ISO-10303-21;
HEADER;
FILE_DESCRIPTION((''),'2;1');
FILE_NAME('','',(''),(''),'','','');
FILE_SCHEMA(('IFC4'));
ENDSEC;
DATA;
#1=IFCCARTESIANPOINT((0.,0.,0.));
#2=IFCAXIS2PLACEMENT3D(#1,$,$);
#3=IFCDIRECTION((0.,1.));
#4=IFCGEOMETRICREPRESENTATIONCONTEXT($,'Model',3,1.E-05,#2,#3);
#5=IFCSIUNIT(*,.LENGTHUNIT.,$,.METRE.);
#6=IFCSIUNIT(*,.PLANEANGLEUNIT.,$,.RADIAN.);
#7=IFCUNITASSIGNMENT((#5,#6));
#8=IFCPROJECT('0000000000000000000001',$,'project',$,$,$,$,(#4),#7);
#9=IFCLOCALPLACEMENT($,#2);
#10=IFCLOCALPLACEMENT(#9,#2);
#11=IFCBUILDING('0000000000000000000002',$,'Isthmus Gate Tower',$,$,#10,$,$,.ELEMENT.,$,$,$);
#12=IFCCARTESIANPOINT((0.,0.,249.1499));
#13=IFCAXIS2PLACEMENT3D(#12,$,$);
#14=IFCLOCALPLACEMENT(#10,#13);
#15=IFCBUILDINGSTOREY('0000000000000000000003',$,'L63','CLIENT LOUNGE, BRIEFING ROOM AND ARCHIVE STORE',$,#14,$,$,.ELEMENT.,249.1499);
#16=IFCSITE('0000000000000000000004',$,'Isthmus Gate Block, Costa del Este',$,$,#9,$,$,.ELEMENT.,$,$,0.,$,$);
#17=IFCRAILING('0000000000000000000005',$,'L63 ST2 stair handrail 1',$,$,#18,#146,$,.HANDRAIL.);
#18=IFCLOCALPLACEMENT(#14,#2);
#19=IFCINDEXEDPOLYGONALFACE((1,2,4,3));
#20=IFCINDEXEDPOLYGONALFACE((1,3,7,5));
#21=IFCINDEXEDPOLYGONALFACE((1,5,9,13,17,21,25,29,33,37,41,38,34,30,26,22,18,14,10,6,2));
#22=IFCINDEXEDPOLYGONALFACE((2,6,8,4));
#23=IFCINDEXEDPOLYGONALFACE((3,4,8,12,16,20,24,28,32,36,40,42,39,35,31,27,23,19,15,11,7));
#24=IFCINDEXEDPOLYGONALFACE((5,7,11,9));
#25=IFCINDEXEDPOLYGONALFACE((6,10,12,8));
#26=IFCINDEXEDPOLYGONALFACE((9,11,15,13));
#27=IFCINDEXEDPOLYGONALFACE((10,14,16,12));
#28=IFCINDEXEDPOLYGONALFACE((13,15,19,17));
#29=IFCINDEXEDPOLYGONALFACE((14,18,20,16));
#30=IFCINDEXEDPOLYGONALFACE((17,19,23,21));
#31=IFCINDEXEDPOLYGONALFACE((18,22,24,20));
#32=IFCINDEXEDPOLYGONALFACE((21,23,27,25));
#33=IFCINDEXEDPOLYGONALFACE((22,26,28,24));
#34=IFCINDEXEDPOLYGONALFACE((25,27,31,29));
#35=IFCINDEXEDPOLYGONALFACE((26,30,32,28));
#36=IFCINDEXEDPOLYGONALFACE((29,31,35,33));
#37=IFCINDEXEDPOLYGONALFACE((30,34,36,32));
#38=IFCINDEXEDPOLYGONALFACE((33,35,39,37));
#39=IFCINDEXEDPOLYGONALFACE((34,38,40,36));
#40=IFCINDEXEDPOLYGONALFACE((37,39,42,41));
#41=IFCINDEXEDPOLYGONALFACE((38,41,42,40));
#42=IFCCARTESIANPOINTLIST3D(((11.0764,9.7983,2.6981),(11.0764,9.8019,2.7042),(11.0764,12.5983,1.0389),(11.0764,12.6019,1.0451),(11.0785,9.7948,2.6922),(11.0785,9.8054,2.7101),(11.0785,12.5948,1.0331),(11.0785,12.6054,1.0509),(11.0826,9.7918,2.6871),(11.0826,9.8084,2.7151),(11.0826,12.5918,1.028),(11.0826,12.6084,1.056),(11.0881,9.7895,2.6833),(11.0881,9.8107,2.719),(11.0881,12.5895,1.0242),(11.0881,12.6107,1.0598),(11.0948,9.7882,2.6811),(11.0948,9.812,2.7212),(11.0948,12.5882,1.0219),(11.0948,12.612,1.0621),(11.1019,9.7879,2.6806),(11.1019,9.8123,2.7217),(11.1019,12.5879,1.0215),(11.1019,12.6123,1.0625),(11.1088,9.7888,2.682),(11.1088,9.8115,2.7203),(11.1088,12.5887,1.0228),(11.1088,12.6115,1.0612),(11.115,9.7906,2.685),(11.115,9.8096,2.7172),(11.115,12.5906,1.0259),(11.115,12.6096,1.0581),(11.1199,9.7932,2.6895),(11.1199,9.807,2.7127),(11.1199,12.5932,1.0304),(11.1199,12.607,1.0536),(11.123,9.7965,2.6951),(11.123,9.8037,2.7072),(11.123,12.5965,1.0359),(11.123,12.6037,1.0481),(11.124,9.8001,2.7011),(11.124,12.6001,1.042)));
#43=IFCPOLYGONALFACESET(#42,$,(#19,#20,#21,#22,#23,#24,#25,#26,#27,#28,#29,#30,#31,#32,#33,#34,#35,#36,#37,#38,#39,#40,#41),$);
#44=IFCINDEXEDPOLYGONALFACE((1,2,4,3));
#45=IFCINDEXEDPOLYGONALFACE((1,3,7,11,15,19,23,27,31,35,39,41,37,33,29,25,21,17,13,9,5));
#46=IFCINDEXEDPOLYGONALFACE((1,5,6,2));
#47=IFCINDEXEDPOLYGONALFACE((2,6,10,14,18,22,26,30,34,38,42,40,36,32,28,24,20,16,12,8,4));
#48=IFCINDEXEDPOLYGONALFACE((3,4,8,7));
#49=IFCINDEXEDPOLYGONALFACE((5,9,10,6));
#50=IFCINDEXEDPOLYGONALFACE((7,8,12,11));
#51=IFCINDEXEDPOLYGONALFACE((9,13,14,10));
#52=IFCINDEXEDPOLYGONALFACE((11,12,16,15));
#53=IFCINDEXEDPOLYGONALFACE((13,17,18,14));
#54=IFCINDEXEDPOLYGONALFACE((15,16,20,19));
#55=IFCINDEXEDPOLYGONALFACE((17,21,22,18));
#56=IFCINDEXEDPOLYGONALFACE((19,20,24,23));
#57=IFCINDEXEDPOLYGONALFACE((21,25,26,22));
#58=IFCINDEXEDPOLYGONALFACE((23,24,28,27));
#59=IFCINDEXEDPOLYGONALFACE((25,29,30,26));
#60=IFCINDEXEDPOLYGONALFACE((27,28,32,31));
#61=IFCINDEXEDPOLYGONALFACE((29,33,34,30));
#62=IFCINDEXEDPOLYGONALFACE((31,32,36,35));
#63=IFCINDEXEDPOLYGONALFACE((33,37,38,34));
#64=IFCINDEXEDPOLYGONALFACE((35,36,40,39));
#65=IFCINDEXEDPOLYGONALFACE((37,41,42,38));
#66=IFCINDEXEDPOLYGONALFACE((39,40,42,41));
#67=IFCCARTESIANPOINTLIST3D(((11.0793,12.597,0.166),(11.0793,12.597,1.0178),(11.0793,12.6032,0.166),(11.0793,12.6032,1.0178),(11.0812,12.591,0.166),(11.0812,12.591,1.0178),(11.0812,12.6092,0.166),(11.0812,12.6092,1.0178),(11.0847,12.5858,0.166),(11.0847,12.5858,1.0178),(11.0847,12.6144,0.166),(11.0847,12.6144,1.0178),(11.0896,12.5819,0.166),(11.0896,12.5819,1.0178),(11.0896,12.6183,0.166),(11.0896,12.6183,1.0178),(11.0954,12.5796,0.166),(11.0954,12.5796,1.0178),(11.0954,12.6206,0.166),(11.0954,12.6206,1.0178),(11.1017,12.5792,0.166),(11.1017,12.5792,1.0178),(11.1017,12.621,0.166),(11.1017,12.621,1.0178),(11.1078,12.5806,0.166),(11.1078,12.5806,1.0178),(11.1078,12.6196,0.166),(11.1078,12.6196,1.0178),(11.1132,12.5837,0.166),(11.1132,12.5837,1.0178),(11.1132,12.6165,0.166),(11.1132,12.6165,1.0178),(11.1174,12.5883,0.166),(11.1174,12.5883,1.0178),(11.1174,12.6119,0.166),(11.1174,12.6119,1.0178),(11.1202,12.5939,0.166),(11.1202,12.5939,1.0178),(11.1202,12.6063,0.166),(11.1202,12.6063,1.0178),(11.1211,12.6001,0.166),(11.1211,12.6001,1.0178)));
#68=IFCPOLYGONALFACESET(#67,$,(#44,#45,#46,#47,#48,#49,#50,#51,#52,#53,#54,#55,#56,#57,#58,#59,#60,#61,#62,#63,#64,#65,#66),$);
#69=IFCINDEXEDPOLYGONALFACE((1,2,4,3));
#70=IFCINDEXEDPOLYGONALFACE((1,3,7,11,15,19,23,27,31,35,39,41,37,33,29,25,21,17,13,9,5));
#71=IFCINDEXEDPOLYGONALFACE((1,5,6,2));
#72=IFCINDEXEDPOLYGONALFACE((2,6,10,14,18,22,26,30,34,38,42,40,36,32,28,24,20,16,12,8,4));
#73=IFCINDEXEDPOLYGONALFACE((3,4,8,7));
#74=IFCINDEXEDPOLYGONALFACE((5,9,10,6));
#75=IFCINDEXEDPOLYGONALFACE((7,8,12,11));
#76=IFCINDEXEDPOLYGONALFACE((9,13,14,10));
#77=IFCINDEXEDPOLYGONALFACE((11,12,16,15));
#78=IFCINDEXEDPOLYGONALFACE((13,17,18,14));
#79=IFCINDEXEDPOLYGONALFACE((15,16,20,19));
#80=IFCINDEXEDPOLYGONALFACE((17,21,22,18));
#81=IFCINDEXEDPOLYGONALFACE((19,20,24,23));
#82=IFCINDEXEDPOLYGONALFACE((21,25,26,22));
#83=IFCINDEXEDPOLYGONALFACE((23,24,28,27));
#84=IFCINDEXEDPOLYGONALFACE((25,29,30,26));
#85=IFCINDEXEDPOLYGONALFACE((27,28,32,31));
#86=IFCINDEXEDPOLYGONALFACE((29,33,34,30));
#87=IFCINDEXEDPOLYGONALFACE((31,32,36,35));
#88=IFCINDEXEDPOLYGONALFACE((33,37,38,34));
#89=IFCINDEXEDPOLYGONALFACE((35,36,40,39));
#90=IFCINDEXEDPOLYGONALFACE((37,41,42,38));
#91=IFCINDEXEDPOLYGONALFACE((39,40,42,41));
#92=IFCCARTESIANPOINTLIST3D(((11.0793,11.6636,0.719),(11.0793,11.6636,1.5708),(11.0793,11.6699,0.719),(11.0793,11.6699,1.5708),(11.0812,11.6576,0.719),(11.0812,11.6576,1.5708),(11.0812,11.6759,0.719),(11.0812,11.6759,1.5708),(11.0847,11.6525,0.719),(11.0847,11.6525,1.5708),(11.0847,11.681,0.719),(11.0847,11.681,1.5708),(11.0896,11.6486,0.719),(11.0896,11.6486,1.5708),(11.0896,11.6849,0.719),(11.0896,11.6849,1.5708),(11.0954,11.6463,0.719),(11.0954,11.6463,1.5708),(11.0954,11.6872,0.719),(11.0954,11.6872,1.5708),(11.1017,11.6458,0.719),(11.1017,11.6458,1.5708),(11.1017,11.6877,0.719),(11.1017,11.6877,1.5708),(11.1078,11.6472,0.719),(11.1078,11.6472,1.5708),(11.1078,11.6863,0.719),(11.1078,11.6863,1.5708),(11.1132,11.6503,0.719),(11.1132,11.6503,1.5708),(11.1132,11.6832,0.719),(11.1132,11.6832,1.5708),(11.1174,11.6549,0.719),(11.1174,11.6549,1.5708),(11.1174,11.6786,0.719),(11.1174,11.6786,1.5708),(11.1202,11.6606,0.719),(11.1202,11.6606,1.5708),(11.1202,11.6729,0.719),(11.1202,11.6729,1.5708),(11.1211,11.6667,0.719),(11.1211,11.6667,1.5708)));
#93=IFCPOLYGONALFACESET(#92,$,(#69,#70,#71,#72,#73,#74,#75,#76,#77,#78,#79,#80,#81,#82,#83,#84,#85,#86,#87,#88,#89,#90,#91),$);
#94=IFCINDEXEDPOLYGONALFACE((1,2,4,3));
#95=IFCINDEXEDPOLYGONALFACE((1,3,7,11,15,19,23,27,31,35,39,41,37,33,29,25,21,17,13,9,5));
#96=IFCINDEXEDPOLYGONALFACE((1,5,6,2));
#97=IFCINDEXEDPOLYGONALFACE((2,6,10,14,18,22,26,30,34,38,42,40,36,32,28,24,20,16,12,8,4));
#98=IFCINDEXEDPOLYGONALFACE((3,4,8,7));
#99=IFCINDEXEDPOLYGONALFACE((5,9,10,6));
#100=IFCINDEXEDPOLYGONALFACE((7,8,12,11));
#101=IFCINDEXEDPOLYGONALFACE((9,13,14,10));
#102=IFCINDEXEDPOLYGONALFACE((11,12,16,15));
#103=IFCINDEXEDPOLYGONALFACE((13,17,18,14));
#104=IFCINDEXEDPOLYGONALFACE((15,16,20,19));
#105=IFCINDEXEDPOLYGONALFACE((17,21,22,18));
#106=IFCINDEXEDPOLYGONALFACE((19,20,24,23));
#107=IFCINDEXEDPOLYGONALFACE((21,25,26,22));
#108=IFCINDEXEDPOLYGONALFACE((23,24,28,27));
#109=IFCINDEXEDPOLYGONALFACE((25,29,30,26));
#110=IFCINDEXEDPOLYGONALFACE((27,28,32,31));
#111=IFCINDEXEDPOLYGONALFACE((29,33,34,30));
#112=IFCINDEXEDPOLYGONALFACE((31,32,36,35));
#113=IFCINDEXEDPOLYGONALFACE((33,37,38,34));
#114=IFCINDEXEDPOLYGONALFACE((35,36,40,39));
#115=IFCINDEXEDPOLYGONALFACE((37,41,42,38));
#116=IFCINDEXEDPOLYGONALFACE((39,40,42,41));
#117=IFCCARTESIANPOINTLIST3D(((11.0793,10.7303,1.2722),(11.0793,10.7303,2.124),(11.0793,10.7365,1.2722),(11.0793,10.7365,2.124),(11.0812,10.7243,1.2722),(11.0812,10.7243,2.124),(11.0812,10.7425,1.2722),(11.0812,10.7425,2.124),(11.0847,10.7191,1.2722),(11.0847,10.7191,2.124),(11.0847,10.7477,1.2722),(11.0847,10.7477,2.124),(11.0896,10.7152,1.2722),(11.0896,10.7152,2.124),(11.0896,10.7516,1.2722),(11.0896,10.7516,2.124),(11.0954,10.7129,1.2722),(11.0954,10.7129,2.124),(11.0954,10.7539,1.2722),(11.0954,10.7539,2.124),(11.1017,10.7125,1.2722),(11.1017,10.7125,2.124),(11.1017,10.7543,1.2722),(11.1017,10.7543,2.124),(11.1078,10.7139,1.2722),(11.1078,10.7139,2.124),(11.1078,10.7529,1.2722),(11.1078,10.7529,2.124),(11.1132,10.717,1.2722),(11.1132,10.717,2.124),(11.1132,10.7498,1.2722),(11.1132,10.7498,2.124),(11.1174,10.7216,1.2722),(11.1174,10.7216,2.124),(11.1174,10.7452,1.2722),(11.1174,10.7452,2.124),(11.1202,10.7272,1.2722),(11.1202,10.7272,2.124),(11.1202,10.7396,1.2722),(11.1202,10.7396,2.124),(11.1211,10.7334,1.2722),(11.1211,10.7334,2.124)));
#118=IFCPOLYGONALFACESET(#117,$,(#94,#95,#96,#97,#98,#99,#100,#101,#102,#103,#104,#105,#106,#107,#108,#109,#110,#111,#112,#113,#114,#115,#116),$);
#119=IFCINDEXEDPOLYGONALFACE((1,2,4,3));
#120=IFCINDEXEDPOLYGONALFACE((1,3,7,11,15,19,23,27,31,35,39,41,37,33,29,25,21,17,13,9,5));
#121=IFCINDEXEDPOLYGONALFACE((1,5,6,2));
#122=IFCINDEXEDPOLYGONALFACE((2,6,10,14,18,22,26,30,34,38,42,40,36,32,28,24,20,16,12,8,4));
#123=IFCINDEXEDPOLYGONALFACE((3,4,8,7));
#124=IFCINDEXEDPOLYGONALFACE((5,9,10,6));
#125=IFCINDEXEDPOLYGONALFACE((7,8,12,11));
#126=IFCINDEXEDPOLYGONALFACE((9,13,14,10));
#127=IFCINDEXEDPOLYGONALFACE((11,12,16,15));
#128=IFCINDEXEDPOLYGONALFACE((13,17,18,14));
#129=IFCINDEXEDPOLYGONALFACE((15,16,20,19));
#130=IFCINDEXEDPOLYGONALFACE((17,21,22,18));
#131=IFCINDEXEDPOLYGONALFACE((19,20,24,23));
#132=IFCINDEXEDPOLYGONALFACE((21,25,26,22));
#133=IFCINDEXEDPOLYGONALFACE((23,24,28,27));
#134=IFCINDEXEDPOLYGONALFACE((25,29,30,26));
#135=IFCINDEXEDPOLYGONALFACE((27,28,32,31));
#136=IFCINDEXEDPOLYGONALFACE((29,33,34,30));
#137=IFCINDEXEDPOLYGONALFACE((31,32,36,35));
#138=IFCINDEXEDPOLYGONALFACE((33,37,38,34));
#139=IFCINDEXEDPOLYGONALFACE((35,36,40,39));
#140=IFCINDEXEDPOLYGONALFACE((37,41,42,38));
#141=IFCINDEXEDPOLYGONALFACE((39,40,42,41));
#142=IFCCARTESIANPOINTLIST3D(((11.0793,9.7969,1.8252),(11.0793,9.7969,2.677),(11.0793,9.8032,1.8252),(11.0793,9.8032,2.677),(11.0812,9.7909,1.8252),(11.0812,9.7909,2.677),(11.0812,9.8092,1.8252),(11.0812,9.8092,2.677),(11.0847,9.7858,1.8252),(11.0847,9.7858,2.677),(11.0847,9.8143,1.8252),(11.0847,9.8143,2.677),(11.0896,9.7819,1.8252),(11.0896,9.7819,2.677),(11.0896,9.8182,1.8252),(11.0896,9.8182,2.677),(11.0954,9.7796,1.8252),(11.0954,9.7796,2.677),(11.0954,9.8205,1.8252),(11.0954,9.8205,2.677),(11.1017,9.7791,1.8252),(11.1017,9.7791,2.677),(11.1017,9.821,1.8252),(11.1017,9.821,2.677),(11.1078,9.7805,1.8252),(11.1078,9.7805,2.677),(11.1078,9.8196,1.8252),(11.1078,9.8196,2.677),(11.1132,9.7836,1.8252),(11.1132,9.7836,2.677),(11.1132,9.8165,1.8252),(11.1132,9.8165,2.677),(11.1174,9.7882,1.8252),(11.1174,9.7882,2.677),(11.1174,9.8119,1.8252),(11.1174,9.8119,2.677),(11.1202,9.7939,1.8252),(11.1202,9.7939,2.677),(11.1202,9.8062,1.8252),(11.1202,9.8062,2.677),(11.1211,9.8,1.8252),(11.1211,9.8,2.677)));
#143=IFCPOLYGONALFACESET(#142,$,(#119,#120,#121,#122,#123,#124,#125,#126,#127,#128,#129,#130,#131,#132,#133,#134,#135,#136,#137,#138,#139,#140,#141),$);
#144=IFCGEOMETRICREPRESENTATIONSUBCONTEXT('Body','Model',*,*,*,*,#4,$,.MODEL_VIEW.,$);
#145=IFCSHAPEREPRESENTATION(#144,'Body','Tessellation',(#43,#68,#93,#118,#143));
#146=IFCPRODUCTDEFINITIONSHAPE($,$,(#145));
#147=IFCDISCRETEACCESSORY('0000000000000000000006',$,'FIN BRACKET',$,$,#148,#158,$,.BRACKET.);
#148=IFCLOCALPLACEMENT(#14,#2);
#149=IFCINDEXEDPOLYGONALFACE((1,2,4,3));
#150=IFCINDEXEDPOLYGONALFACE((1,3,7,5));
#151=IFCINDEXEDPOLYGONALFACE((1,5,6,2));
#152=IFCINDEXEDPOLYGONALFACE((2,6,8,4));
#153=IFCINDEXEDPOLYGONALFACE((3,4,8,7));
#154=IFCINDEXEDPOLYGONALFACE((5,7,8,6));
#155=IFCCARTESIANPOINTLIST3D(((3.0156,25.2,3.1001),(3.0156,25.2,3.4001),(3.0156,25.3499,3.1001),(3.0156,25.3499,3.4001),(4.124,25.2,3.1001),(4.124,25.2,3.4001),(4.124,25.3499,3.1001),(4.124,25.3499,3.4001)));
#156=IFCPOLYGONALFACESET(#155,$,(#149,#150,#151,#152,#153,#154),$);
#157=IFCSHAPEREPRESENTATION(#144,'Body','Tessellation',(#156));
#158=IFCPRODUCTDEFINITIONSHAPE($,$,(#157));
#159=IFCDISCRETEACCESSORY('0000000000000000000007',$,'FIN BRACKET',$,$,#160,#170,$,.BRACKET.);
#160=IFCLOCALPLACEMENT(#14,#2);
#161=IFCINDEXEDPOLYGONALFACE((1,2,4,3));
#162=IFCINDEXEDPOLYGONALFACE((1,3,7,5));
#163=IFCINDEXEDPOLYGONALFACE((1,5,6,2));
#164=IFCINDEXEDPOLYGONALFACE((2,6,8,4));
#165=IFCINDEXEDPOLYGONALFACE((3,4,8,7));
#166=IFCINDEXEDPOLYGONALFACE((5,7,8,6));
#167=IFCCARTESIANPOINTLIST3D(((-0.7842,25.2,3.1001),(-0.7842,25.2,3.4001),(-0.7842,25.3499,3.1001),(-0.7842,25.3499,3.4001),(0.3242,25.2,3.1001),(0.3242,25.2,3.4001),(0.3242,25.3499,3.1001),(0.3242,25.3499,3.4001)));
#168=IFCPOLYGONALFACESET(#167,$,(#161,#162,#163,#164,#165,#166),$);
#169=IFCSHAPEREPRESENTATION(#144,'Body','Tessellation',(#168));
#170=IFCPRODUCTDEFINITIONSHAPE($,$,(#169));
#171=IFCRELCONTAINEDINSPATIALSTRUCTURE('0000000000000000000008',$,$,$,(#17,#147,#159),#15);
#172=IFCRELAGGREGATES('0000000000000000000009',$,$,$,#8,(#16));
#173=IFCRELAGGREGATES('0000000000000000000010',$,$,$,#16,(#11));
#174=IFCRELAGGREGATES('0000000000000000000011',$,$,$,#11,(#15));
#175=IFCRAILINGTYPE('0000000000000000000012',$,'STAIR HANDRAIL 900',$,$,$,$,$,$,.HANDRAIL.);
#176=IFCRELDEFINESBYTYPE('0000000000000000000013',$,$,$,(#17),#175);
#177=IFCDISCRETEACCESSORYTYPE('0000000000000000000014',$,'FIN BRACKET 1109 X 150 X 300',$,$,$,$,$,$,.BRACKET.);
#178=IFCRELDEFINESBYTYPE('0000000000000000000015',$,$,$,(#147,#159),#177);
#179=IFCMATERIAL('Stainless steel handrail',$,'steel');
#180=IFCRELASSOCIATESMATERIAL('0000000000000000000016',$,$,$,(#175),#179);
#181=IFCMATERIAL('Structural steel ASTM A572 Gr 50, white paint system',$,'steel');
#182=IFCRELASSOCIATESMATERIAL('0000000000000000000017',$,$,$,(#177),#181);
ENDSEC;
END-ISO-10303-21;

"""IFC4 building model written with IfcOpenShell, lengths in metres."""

from ifc_helpers import new_model, si_unit, direction, frame, origin, origin_2d, place, context, subcontext, project, spatial, rectangle, circle, extrude, material, type_object, element, save


model = new_model("IFC4")

# Units and contexts
model_context = context("Model", 3, precision=1e-05, world=origin(), true_north=direction((0.0, 1.0)))
body_context = subcontext(model_context, "Body", "Model", "MODEL_VIEW")
ifc_project = project(units=[si_unit("LENGTHUNIT", "METRE"), si_unit("PLANEANGLEUNIT", "RADIAN")], contexts=[model_context])

# Site, building, storey
site_placement = place(None, origin())
site = spatial("IfcSite", under=ifc_project, at=site_placement, Name="Isthmus Gate Block, Costa del Este", CompositionType="ELEMENT", RefElevation=0.0)
building_placement = place(site_placement, origin())
building = spatial("IfcBuilding", under=site, at=building_placement, Name="Isthmus Gate Tower", CompositionType="ELEMENT")
storey_placement = place(building_placement, frame((0.0, 0.0, 249.1499)))
storey = spatial("IfcBuildingStorey", under=building, at=storey_placement, Name="L63", Description="CLIENT LOUNGE, BRIEFING ROOM AND ARCHIVE STORE", CompositionType="ELEMENT", Elevation=249.1499)

# Railing
ifc_material_1 = material(Name="Stainless steel handrail", Category="steel")
railing_type_1 = type_object("IfcRailingType", Name="STAIR HANDRAIL 900", PredefinedType="HANDRAIL", material=ifc_material_1)
railing_1_placement = place(storey_placement, frame((11.1001, 12.6001, 0.166)))
element("IfcRailing", 1, at=railing_1_placement, inside=storey, type_object=railing_type_1, Name="L63 ST2 stair handrail 1", PredefinedType="HANDRAIL", context=body_context, shape_type="SweptSolid", body=[
    extrude(circle(Radius=0.0239, at=origin_2d()), frame((0.0, 0.0, 0.876), z_axis=(0.0, -0.860306, 0.509778), x_axis=(1.0, 0.0, 0.0)), (0.0, 0.0, 1.0), 3.2546),
    extrude(circle(Radius=0.021, at=origin_2d()), origin(), (0.0, 0.0, 1.0), 0.8518),
    extrude(circle(Radius=0.021, at=origin_2d()), frame((0.0, -0.9333, 0.553)), (0.0, 0.0, 1.0), 0.8518),
    extrude(circle(Radius=0.021, at=origin_2d()), frame((0.0, -1.8667, 1.1062)), (0.0, 0.0, 1.0), 0.8518),
    extrude(circle(Radius=0.021, at=origin_2d()), frame((0.0, -2.8, 1.6592)), (0.0, 0.0, 1.0), 0.8518),
])

# Discrete accessories
ifc_material_2 = material(Name="Structural steel ASTM A572 Gr 50, white paint system", Category="steel")
discrete_accessory_type = type_object("IfcDiscreteAccessoryType", Name="FIN BRACKET 1109 X 150 X 300", PredefinedType="BRACKET", material=ifc_material_2)
for number, where, z_axis, x_axis, name in (
    (2, (3.5698, 25.2749, 3.1001), (0.0, 0.0, 1.0), (0.0, 1.0, 0.0), "FIN BRACKET"),
    (3, (-0.23, 25.2749, 3.1001), (0.0, 0.0, 1.0), (0.0, 1.0, 0.0), "FIN BRACKET"),
):
    element("IfcDiscreteAccessory", number, at=place(storey_placement, frame(where, z_axis=z_axis, x_axis=x_axis)), inside=storey, type_object=discrete_accessory_type, Name=name, PredefinedType="BRACKET", context=body_context, shape_type="SweptSolid", body=[
        extrude(rectangle(XDim=0.1499, YDim=1.1084, at=origin_2d()), origin(), (0.0, 0.0, 1.0), 0.3),
    ])

save(model, "model.ifc")
